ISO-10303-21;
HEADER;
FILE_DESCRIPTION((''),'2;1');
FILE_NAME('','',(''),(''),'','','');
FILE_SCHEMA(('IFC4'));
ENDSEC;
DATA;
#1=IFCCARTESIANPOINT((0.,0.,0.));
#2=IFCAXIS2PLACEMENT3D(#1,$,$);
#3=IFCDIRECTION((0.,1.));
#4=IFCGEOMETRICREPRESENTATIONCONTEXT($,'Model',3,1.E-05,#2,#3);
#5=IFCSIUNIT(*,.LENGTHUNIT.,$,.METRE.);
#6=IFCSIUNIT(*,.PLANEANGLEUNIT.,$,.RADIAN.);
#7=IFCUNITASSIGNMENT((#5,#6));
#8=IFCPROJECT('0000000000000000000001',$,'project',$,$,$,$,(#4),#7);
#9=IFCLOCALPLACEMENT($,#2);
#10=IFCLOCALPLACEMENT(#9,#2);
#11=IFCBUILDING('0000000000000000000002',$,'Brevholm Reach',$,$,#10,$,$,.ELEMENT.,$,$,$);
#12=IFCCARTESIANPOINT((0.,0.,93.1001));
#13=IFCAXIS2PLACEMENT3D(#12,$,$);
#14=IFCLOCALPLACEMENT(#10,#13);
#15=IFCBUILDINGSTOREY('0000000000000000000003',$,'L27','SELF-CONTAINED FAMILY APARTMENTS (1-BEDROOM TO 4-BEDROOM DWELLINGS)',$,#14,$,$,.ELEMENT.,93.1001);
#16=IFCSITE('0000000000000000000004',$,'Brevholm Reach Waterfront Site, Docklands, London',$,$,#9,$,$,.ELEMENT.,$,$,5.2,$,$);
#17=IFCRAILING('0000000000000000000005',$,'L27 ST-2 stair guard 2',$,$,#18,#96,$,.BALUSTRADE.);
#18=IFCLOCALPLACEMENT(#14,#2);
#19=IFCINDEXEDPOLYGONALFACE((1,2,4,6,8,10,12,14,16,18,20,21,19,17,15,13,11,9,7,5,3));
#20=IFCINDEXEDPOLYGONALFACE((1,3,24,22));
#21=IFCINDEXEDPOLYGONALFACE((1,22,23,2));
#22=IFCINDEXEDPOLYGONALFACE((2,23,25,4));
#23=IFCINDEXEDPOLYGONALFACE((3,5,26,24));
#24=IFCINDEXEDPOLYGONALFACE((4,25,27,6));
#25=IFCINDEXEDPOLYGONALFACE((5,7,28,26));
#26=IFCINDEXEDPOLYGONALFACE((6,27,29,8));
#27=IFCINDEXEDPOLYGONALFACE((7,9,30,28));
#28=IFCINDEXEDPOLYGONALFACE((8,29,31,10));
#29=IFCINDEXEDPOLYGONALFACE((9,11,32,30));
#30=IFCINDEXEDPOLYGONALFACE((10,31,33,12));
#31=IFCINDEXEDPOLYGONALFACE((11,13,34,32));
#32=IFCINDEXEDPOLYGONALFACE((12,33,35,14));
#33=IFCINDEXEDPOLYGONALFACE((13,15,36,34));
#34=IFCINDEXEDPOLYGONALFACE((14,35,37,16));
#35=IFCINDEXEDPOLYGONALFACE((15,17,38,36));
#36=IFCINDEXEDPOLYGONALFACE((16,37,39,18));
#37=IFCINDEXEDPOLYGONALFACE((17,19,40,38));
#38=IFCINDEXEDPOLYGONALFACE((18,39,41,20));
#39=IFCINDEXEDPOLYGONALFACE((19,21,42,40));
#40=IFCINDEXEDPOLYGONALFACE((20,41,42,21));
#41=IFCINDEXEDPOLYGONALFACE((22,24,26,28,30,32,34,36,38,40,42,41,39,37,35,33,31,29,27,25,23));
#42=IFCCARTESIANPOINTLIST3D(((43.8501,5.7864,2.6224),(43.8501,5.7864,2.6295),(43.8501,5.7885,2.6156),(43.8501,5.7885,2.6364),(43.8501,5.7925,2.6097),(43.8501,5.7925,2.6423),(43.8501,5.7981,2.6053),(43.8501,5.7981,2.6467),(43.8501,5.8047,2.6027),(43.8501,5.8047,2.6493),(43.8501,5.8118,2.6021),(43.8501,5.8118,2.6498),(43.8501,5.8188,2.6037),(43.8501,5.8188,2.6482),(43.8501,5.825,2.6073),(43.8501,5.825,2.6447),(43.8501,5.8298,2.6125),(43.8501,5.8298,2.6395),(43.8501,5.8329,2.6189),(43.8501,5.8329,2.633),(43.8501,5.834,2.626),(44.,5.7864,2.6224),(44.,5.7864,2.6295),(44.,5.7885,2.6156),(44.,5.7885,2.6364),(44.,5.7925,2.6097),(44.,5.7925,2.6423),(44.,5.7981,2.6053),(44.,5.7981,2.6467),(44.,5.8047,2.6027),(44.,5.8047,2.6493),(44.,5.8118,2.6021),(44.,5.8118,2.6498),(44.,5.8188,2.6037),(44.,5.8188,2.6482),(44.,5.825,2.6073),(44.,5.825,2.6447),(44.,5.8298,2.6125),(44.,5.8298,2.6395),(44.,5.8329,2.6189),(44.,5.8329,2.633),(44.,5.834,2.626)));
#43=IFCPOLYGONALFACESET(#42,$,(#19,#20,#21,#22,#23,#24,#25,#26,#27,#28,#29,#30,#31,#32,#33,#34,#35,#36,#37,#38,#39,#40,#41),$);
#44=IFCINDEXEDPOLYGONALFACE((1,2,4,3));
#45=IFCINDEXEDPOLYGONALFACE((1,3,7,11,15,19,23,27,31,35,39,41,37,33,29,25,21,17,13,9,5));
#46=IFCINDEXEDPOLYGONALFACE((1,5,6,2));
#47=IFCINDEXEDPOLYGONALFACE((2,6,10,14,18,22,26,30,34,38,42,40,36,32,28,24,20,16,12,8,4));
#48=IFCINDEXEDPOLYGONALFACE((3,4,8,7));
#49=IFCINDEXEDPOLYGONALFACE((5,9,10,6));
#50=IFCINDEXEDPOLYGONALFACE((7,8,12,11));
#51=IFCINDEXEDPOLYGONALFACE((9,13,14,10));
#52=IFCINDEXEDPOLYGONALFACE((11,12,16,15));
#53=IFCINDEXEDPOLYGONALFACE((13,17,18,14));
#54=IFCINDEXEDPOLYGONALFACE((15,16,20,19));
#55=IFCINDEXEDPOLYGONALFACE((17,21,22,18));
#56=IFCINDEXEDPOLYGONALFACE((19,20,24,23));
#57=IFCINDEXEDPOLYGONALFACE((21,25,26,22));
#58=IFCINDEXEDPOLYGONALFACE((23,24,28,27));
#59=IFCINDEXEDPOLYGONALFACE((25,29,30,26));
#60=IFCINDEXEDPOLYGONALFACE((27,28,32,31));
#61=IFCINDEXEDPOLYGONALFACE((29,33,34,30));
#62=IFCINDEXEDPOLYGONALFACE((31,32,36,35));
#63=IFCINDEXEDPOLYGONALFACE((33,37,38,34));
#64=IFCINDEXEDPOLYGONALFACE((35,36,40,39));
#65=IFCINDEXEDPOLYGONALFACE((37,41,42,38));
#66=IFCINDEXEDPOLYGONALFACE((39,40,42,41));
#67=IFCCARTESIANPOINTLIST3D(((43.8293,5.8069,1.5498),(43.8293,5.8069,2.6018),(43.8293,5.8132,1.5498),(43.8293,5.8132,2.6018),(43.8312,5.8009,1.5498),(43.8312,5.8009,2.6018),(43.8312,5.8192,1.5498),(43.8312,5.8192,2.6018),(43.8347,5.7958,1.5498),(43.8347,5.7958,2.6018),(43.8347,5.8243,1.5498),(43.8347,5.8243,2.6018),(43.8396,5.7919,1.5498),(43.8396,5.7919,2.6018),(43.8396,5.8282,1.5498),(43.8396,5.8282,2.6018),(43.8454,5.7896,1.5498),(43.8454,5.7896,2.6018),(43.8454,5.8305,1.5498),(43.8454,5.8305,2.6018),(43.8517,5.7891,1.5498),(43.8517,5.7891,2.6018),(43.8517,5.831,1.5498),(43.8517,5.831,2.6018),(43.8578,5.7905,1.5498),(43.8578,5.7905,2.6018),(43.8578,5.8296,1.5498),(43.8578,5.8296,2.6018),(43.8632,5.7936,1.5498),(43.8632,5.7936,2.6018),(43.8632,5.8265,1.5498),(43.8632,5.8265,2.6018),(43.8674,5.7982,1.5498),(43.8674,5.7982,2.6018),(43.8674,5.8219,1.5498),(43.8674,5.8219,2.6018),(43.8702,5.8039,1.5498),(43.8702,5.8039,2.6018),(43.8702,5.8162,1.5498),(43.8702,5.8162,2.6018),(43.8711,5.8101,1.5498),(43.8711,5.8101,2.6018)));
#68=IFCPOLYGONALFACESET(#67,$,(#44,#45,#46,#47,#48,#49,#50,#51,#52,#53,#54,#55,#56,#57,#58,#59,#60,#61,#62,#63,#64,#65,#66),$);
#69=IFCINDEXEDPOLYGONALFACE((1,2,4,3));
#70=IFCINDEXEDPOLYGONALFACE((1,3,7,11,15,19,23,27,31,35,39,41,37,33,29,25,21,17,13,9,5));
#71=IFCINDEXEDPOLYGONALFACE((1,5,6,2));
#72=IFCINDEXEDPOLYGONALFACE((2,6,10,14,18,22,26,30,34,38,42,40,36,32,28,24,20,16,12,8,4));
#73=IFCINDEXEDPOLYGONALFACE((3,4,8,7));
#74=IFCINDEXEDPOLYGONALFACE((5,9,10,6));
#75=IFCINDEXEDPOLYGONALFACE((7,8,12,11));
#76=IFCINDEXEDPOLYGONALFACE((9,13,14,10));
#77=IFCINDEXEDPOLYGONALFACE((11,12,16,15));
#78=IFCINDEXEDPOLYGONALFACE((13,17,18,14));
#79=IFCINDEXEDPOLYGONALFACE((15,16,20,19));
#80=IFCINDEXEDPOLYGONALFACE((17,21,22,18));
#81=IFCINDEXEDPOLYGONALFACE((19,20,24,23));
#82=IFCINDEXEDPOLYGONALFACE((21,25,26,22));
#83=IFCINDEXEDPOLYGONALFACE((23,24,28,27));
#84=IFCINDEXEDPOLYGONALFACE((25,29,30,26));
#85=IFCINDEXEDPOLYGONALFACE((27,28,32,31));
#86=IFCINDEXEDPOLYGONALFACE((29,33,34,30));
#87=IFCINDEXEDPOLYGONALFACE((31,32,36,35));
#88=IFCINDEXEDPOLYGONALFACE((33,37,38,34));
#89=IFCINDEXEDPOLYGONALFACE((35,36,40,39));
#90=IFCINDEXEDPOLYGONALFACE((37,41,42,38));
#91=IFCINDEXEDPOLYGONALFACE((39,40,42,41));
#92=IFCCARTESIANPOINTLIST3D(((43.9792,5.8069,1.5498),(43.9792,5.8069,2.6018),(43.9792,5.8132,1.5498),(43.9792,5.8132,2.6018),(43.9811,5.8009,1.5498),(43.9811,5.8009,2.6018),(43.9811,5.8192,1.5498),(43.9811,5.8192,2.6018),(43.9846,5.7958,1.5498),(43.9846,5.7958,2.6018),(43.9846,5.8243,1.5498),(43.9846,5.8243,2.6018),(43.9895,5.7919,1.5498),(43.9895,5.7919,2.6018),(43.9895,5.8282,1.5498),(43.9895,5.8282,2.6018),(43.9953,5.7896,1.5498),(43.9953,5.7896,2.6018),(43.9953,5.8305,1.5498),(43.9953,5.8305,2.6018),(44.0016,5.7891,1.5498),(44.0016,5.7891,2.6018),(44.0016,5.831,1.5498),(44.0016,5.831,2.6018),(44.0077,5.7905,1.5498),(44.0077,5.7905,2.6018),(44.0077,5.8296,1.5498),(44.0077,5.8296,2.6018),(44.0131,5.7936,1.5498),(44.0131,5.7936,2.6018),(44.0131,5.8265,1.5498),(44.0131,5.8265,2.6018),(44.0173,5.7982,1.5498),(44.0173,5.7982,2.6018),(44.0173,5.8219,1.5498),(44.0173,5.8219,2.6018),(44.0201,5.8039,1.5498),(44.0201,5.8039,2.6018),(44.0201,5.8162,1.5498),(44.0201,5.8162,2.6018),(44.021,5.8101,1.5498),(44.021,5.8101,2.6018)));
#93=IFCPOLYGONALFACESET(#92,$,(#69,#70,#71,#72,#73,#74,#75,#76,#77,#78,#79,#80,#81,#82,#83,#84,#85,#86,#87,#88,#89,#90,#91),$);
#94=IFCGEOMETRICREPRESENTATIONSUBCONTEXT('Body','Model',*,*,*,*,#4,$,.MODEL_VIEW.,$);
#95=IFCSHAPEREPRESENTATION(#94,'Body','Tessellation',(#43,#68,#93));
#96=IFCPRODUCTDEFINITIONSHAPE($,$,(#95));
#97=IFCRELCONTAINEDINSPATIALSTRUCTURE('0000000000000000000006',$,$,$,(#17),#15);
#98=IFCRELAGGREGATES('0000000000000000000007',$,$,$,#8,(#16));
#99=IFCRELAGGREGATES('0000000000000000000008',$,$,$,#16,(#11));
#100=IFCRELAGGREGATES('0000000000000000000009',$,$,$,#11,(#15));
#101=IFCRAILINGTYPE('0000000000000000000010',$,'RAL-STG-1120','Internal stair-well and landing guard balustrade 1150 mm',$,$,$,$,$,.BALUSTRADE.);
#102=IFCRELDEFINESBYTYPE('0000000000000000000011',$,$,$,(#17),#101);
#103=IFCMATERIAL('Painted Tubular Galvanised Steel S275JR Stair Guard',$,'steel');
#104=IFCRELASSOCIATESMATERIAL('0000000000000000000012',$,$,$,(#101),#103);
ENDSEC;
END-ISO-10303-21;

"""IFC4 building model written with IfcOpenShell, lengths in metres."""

from ifc_helpers import new_model, si_unit, direction, frame, origin, origin_2d, place, context, subcontext, project, spatial, circle, extrude, material, type_object, element, save


model = new_model("IFC4")

# Units and contexts
model_context = context("Model", 3, precision=1e-05, world=origin(), true_north=direction((0.0, 1.0)))
body_context = subcontext(model_context, "Body", "Model", "MODEL_VIEW")
ifc_project = project(units=[si_unit("LENGTHUNIT", "METRE"), si_unit("PLANEANGLEUNIT", "RADIAN")], contexts=[model_context])

# Site, building, storey
site_placement = place(None, origin())
site = spatial("IfcSite", under=ifc_project, at=site_placement, Name="Brevholm Reach Waterfront Site, Docklands, London", CompositionType="ELEMENT", RefElevation=5.2)
building_placement = place(site_placement, origin())
building = spatial("IfcBuilding", under=site, at=building_placement, Name="Brevholm Reach", CompositionType="ELEMENT")
storey_placement = place(building_placement, frame((0.0, 0.0, 93.1001)))
storey = spatial("IfcBuildingStorey", under=building, at=storey_placement, Name="L27", Description="SELF-CONTAINED FAMILY APARTMENTS (1-BEDROOM TO 4-BEDROOM DWELLINGS)", CompositionType="ELEMENT", Elevation=93.1001)

# Railing
ifc_material_1 = material(Name="Painted Tubular Galvanised Steel S275JR Stair Guard", Category="steel")
railing_type_1 = type_object("IfcRailingType", Name="RAL-STG-1120", Description="Internal stair-well and landing guard balustrade 1150 mm", PredefinedType="BALUSTRADE", material=ifc_material_1)
railing_1_placement = place(storey_placement, frame((43.8501, 5.8101, 1.5498)))
element("IfcRailing", 1, at=railing_1_placement, inside=storey, type_object=railing_type_1, Name="L27 ST-2 stair guard 2", PredefinedType="BALUSTRADE", context=body_context, shape_type="SweptSolid", body=[
    extrude(circle(Radius=0.0239, at=origin_2d()), frame((0.0, 0.0, 1.0762), z_axis=(1.0, 0.0, 0.0), x_axis=(0.0, 1.0, 0.0)), (0.0, 0.0, 1.0), 0.1499),
    extrude(circle(Radius=0.021, at=origin_2d()), origin(), (0.0, 0.0, 1.0), 1.052),
    extrude(circle(Radius=0.021, at=origin_2d()), frame((0.1499, 0.0, 0.0)), (0.0, 0.0, 1.0), 1.052),
])

save(model, "model.ifc")
